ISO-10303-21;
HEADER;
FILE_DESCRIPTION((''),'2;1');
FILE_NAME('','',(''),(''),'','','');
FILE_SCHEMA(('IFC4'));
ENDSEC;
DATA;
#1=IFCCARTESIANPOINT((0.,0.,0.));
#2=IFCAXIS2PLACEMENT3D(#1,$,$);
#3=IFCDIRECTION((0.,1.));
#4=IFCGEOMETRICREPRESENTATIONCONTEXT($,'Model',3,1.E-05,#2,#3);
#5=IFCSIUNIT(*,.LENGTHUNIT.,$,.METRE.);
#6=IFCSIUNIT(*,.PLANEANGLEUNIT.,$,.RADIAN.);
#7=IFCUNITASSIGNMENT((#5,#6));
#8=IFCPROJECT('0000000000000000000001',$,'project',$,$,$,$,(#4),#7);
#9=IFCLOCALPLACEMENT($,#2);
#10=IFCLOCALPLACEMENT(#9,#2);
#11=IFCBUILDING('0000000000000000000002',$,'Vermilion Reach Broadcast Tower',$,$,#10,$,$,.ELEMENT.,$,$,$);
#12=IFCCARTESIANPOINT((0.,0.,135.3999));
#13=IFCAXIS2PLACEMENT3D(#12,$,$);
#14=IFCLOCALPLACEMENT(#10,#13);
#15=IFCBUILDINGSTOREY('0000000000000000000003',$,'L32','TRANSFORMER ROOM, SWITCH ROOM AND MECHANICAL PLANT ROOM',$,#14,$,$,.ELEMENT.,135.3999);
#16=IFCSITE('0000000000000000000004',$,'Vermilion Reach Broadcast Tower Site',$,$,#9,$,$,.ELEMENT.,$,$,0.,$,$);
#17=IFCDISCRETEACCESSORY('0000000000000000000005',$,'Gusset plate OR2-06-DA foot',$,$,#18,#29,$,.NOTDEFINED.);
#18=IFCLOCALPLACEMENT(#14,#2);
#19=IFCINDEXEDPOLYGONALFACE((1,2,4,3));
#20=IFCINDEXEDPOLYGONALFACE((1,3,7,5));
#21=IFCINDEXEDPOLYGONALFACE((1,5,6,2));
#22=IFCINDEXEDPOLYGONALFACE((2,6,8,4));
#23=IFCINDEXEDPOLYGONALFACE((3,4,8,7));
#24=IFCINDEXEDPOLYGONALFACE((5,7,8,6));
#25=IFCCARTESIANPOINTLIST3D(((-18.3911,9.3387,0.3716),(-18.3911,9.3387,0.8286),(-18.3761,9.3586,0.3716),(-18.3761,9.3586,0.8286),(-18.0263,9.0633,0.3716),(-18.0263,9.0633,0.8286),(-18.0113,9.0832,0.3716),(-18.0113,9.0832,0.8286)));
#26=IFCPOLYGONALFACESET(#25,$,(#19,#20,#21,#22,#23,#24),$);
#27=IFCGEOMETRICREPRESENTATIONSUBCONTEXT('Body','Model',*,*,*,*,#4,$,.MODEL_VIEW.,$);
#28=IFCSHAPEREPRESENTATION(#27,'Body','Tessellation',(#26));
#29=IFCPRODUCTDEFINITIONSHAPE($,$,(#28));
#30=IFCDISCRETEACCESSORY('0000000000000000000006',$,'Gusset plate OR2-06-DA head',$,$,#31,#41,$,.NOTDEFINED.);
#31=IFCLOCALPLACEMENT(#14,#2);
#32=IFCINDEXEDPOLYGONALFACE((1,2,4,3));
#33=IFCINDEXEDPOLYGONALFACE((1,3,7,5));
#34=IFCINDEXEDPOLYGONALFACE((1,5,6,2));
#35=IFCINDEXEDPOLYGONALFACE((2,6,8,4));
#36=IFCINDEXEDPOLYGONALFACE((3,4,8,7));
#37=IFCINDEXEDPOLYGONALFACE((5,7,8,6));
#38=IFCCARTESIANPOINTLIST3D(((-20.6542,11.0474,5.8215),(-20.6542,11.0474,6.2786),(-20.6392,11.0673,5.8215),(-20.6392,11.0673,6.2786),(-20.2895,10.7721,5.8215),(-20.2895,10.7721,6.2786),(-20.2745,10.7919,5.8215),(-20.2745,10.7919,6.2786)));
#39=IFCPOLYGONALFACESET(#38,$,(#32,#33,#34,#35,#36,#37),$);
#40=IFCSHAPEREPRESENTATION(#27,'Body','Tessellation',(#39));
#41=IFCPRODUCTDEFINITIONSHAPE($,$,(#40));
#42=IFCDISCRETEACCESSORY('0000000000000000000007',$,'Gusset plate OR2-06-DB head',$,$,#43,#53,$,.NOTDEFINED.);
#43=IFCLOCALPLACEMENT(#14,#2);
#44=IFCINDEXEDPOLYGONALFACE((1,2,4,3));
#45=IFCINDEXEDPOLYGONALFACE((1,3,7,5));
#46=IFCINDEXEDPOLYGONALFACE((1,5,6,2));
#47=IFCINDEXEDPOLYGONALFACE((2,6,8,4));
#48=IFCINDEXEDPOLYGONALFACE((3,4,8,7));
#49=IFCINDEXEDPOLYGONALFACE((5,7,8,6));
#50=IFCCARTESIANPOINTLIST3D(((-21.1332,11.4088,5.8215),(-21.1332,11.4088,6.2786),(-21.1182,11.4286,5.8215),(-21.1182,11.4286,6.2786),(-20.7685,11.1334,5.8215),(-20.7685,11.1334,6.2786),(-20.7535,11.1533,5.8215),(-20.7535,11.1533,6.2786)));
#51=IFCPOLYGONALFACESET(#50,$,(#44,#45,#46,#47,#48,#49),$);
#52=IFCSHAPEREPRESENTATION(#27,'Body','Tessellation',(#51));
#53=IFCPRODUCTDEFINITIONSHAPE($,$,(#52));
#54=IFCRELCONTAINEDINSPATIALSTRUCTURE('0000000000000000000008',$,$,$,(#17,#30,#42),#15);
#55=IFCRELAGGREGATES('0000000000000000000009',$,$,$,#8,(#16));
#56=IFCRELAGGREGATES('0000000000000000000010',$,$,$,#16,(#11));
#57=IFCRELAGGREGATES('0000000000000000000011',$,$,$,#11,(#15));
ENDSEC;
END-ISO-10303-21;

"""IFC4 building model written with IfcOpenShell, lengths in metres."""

from ifc_helpers import new_model, si_unit, direction, frame, origin, origin_2d, place, context, subcontext, project, spatial, rectangle, extrude, element, save


model = new_model("IFC4")

# Units and contexts
model_context = context("Model", 3, precision=1e-05, world=origin(), true_north=direction((0.0, 1.0)))
body_context = subcontext(model_context, "Body", "Model", "MODEL_VIEW")
ifc_project = project(units=[si_unit("LENGTHUNIT", "METRE"), si_unit("PLANEANGLEUNIT", "RADIAN")], contexts=[model_context])

# Site, building, storey
site_placement = place(None, origin())
site = spatial("IfcSite", under=ifc_project, at=site_placement, Name="Vermilion Reach Broadcast Tower Site", CompositionType="ELEMENT", RefElevation=0.0)
building_placement = place(site_placement, origin())
building = spatial("IfcBuilding", under=site, at=building_placement, Name="Vermilion Reach Broadcast Tower", CompositionType="ELEMENT")
storey_placement = place(building_placement, frame((0.0, 0.0, 135.3999)))
storey = spatial("IfcBuildingStorey", under=building, at=storey_placement, Name="L32", Description="TRANSFORMER ROOM, SWITCH ROOM AND MECHANICAL PLANT ROOM", CompositionType="ELEMENT", Elevation=135.3999)

# Discrete accessories
for number, where, z_axis, x_axis, name in (
    (1, (-18.2012, 9.2109, 0.3716), (0.0, 0.0, 1.0), (-0.602512, -0.79811, 0.0), "Gusset plate OR2-06-DA foot"),
    (2, (-20.4644, 10.9197, 5.8215), (0.0, 0.0, 1.0), (-0.602512, -0.79811, 0.0), "Gusset plate OR2-06-DA head"),
    (3, (-20.9434, 11.281, 5.8215), (0.0, 0.0, 1.0), (-0.602512, -0.79811, 0.0), "Gusset plate OR2-06-DB head"),
):
    element("IfcDiscreteAccessory", number, at=place(storey_placement, frame(where, z_axis=z_axis, x_axis=x_axis)), inside=storey, Name=name, PredefinedType="NOTDEFINED", context=body_context, shape_type="SweptSolid", body=[
        extrude(rectangle(XDim=0.0249, YDim=0.457, at=origin_2d()), origin(), (0.0, 0.0, 1.0), 0.457),
    ])

save(model, "model.ifc")
